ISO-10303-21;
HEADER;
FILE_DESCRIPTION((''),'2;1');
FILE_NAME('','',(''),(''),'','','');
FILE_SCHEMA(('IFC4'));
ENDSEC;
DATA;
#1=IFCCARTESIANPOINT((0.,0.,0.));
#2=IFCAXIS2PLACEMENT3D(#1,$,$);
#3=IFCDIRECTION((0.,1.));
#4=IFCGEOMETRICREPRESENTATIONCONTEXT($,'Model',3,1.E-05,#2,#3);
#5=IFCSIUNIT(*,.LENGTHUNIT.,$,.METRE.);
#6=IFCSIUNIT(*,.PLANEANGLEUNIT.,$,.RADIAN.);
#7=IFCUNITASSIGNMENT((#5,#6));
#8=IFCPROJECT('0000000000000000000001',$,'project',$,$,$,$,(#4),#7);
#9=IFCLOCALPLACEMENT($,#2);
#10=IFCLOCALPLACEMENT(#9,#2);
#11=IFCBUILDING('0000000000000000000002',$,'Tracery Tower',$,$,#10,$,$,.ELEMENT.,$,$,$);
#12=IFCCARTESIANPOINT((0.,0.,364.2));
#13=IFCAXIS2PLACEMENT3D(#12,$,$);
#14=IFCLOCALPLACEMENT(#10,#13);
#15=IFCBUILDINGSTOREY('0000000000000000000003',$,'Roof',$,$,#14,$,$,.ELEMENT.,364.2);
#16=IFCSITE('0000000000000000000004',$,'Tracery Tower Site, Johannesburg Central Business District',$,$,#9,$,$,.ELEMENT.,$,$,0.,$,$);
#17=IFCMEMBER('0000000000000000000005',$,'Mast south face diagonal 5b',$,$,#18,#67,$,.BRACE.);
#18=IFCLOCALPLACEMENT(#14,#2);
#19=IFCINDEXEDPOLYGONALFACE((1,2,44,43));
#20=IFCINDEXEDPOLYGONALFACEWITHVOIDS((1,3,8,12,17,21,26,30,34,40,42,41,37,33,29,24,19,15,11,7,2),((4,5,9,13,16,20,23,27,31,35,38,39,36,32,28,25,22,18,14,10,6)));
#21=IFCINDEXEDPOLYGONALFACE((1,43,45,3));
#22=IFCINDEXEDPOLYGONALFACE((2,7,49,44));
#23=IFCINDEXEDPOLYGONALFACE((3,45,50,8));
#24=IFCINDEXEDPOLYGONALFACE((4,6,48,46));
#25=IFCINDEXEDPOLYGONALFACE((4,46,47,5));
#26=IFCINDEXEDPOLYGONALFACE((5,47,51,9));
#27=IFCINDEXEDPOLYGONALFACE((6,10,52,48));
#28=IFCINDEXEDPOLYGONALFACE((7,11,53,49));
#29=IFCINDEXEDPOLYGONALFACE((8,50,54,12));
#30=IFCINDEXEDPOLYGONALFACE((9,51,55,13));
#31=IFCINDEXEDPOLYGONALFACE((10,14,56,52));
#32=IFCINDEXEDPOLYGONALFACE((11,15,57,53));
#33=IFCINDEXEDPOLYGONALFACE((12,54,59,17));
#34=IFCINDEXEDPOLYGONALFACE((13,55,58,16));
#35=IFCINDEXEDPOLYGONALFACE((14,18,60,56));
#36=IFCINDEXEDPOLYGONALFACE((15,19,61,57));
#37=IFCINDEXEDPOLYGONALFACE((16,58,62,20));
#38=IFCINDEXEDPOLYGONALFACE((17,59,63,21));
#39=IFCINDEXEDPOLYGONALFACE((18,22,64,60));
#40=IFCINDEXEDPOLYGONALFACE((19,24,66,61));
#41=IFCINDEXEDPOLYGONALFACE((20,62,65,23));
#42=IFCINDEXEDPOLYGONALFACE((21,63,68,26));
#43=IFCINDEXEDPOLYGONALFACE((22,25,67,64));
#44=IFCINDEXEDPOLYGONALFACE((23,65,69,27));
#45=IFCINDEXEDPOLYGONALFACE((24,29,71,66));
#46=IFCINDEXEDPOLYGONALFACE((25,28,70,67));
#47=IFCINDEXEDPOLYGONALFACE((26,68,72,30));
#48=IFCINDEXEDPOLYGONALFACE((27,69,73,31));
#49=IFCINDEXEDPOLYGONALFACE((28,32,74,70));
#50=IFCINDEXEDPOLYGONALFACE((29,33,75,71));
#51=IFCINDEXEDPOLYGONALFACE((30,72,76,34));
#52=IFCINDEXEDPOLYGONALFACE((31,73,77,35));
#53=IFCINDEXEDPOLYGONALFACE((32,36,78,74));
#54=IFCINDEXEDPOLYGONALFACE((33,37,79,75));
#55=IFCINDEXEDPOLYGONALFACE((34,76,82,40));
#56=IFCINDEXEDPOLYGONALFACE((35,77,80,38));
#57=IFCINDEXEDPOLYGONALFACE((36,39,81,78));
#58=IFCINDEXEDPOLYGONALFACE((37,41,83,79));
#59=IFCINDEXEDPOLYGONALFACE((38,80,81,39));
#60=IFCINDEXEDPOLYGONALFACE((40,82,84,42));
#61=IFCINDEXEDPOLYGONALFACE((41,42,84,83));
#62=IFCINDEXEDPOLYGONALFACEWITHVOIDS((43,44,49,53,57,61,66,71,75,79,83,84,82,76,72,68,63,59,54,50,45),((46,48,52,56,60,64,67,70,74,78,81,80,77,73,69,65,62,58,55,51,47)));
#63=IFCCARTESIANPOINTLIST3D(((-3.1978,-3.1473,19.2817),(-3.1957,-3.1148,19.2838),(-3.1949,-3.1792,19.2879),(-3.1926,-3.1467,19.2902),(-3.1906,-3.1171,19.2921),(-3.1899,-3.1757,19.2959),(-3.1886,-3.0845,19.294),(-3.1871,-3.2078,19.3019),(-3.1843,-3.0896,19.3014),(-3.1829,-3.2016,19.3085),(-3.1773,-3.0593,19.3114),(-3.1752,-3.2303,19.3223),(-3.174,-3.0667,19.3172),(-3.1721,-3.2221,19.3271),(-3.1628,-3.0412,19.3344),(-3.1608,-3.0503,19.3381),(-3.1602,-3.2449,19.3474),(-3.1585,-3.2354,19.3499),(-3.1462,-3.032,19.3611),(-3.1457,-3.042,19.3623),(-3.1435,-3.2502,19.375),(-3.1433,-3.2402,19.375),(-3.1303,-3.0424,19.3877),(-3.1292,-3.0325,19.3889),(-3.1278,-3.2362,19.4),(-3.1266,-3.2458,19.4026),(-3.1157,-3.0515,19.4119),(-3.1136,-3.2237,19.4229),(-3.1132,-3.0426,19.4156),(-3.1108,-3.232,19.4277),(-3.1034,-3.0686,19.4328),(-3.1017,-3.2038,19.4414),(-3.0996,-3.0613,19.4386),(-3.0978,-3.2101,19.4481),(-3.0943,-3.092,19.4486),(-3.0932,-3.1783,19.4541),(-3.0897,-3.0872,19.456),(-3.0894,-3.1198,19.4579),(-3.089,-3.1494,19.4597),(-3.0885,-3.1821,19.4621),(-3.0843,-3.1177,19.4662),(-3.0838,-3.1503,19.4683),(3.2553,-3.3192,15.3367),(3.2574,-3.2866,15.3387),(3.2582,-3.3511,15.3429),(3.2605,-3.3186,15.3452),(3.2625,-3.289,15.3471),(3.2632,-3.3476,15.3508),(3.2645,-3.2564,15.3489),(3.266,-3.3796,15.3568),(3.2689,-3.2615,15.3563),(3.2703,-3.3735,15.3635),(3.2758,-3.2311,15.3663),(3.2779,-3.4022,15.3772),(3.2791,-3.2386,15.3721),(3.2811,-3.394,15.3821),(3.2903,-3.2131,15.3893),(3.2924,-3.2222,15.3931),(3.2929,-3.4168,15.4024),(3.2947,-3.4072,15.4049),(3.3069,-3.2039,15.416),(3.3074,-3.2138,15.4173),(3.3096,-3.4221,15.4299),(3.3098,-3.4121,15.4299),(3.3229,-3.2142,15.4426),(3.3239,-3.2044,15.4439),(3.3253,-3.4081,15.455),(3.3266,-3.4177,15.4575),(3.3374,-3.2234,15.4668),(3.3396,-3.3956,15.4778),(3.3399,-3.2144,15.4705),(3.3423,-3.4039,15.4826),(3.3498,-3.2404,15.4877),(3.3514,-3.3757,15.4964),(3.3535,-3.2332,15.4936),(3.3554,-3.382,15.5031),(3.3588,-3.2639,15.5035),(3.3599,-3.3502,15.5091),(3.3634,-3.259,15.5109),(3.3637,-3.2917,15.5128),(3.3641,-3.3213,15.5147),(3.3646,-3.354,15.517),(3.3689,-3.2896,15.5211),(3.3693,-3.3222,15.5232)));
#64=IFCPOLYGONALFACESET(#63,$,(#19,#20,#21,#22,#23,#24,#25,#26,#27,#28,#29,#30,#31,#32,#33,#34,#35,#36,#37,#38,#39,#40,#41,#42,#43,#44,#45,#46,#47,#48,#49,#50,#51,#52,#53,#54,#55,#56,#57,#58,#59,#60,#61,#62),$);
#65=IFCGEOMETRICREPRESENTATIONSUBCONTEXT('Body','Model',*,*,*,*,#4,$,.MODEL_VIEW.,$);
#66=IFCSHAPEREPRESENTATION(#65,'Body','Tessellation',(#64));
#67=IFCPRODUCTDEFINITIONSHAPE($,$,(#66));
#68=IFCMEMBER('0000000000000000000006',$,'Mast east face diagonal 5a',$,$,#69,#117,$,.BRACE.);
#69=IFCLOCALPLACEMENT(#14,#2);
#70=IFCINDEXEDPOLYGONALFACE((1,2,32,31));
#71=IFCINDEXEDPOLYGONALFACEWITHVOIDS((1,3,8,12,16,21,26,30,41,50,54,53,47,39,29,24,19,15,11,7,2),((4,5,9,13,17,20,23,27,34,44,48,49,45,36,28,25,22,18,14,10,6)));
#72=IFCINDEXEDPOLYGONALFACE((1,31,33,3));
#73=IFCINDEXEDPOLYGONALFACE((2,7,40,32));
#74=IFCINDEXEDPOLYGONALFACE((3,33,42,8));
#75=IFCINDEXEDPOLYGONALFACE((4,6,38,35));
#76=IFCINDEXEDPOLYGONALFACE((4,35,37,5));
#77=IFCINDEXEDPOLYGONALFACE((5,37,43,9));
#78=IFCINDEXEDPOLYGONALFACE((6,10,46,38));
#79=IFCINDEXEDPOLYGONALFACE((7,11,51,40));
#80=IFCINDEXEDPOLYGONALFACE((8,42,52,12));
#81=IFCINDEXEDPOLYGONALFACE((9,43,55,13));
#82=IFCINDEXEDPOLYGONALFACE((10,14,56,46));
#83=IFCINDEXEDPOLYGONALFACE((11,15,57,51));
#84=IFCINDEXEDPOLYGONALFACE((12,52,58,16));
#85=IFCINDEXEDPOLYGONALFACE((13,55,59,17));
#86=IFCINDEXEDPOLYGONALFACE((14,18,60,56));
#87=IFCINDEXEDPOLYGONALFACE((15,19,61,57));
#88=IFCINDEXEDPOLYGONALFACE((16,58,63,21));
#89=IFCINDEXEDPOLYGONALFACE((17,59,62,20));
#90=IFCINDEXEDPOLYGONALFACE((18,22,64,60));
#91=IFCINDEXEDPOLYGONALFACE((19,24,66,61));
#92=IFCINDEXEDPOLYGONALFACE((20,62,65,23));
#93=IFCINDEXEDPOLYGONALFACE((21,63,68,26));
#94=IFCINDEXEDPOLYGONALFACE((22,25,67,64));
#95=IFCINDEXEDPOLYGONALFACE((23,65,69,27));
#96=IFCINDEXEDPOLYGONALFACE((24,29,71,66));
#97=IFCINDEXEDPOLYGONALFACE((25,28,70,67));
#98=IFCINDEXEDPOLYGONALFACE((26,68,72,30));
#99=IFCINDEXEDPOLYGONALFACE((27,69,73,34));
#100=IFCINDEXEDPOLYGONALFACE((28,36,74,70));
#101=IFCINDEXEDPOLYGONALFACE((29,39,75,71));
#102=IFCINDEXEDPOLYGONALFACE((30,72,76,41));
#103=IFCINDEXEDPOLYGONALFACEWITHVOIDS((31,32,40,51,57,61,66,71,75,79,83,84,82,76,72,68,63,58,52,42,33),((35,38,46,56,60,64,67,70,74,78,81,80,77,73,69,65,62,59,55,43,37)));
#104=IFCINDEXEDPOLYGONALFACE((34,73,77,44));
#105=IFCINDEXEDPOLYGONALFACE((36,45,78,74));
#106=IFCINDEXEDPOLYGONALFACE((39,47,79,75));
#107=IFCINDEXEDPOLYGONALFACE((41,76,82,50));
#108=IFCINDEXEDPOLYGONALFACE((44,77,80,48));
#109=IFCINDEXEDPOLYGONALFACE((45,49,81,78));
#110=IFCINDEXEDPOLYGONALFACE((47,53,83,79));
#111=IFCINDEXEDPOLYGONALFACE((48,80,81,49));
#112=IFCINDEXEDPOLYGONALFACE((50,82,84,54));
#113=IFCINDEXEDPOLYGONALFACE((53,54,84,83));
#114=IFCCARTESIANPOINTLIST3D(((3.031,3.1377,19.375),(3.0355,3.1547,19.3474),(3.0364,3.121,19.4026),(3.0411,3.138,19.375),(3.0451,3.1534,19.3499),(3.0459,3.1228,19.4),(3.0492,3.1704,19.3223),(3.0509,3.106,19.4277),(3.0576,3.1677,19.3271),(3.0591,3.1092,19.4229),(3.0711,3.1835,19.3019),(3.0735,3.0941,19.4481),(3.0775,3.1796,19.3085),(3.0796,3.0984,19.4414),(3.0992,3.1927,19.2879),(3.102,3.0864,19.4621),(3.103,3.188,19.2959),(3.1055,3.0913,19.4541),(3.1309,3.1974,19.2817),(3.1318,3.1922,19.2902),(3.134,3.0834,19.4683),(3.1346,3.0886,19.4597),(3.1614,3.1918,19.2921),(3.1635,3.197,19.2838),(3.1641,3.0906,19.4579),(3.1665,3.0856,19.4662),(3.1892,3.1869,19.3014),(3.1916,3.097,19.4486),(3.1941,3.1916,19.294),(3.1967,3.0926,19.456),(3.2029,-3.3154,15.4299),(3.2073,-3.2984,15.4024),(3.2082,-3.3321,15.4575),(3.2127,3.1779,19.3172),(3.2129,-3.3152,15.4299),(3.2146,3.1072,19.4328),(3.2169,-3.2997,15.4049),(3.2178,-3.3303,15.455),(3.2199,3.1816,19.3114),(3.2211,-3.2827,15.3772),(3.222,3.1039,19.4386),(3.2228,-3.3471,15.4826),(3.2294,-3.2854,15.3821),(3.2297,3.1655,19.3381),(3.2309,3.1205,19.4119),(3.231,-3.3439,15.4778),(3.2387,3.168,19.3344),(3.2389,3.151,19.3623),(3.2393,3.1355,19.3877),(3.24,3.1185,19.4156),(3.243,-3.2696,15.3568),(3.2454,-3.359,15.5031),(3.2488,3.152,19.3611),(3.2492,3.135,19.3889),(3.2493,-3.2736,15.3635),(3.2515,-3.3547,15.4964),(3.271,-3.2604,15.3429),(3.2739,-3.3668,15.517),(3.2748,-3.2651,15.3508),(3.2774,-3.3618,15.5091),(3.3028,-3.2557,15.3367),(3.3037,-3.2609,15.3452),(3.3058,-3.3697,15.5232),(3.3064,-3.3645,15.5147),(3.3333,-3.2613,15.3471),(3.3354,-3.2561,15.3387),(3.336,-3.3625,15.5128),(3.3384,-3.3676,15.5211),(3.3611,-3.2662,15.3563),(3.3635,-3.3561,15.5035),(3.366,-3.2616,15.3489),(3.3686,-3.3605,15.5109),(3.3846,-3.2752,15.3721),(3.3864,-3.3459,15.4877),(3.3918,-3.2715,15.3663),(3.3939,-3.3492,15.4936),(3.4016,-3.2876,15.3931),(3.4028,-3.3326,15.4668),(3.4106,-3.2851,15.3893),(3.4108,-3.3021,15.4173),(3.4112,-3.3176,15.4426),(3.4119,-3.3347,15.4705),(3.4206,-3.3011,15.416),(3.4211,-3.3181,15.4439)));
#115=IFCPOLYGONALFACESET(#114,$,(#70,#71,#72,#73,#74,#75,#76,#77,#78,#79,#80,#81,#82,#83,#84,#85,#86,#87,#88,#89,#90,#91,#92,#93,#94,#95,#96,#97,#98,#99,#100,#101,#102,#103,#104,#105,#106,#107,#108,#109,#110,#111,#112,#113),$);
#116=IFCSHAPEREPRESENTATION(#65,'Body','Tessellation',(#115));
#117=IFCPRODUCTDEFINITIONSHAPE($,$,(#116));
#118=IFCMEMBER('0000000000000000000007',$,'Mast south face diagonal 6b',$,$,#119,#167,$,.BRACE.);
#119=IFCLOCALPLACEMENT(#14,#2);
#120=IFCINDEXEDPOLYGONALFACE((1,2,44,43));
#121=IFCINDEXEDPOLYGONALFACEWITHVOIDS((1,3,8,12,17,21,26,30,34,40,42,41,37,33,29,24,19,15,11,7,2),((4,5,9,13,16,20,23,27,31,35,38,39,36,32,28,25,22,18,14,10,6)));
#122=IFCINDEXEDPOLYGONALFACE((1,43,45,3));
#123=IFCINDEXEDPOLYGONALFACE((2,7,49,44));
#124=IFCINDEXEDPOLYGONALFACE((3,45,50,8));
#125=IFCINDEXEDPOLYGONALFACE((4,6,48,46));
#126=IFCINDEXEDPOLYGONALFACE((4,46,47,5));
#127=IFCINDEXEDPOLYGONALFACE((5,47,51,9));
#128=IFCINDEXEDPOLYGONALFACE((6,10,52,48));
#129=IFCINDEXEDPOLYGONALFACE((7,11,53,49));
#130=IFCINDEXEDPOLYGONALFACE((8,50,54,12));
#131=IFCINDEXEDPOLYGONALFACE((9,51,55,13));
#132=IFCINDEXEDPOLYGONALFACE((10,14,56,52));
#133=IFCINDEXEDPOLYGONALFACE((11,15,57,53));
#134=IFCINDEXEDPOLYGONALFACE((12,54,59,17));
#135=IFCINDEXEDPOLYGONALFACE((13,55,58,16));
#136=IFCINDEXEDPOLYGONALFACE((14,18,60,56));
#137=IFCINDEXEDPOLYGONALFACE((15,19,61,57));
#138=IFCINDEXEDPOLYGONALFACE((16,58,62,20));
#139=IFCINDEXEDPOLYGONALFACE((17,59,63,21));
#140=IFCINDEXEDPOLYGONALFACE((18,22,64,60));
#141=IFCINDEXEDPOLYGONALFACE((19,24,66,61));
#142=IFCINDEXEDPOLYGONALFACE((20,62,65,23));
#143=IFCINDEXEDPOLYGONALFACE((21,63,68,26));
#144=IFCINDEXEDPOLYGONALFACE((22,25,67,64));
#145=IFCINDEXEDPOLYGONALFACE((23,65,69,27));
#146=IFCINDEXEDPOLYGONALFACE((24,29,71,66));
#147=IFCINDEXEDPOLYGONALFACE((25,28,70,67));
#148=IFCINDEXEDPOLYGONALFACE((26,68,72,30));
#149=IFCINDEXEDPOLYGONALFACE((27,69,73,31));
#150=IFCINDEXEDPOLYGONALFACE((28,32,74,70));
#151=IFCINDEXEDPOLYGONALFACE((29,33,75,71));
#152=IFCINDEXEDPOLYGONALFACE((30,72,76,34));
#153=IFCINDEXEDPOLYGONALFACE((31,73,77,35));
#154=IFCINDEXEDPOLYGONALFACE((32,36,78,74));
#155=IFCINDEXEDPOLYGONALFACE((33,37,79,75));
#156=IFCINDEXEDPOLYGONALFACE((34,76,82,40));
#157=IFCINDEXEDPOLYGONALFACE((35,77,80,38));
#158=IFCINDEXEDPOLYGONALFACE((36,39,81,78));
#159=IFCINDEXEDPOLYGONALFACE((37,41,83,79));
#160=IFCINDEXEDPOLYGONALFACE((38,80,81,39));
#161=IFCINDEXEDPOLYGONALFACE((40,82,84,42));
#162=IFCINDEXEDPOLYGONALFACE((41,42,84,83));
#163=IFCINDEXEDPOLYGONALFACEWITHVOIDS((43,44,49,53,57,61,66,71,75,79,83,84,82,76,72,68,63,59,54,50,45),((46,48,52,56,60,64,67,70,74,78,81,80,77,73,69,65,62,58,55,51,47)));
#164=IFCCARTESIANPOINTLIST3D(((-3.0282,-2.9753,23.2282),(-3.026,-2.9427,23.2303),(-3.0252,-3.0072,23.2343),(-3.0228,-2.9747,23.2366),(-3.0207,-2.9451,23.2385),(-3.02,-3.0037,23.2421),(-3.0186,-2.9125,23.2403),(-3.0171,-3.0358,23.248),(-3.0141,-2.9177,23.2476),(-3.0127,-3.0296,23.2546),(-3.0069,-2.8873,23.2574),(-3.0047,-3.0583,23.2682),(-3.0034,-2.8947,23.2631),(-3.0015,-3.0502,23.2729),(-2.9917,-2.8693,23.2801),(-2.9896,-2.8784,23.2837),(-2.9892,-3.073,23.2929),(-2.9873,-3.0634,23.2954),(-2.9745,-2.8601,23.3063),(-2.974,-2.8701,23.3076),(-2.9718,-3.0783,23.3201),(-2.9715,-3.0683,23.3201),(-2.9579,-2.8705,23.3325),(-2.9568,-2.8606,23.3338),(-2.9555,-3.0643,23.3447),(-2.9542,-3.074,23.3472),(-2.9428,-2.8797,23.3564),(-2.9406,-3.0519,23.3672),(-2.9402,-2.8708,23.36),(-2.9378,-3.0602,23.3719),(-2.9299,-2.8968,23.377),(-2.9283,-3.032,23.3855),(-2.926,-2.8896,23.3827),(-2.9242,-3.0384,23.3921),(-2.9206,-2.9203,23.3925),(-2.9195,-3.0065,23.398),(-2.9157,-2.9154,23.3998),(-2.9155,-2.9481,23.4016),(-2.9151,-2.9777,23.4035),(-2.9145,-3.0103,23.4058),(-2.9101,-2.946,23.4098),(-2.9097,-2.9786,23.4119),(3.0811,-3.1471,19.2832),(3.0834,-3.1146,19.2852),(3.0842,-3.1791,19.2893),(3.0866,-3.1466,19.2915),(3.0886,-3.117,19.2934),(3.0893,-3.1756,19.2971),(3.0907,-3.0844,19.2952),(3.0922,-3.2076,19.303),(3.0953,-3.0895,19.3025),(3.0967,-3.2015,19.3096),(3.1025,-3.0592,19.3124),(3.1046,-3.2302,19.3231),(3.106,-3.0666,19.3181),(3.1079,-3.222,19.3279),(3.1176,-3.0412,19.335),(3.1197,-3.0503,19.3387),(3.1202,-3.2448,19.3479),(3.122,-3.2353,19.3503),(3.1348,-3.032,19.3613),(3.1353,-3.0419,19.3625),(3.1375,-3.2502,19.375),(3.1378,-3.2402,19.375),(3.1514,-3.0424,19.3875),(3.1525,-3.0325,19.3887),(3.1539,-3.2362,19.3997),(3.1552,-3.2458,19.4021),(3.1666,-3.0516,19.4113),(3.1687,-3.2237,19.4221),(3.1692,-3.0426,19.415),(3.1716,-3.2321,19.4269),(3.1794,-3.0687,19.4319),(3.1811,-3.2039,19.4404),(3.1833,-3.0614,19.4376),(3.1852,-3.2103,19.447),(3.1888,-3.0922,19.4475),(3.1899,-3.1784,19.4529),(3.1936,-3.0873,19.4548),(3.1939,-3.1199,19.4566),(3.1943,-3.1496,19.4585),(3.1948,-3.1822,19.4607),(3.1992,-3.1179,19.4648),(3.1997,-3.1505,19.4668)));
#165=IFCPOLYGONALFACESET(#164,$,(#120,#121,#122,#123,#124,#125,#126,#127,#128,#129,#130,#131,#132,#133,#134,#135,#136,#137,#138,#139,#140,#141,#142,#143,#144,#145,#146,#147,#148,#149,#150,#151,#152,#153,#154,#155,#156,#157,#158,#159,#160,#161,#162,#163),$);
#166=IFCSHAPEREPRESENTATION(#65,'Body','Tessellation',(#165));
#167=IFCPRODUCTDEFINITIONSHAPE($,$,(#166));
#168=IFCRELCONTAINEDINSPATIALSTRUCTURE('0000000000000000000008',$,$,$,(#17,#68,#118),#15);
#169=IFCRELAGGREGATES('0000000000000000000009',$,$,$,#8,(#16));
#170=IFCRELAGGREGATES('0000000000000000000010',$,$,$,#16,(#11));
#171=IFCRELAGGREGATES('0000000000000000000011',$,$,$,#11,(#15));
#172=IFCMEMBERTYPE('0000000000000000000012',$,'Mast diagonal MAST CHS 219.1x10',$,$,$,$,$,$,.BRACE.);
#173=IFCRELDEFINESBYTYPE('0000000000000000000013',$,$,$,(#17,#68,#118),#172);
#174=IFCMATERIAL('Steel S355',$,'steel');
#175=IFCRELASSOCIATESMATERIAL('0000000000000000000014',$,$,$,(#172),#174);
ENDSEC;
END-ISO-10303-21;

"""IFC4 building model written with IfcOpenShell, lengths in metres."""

from ifc_helpers import new_model, si_unit, direction, frame, origin, origin_2d, place, context, subcontext, project, spatial, hollow_circle, extrude, material, material_profile, profile_set, type_object, element, save


model = new_model("IFC4")

# Units and contexts
model_context = context("Model", 3, precision=1e-05, world=origin(), true_north=direction((0.0, 1.0)))
body_context = subcontext(model_context, "Body", "Model", "MODEL_VIEW")
ifc_project = project(units=[si_unit("LENGTHUNIT", "METRE"), si_unit("PLANEANGLEUNIT", "RADIAN")], contexts=[model_context])

# Site, building, storey
site_placement = place(None, origin())
site = spatial("IfcSite", under=ifc_project, at=site_placement, Name="Tracery Tower Site, Johannesburg Central Business District", CompositionType="ELEMENT", RefElevation=0.0)
building_placement = place(site_placement, origin())
building = spatial("IfcBuilding", under=site, at=building_placement, Name="Tracery Tower", CompositionType="ELEMENT")
storey_placement = place(building_placement, frame((0.0, 0.0, 364.2)))
storey = spatial("IfcBuildingStorey", under=building, at=storey_placement, Name="Roof", CompositionType="ELEMENT", Elevation=364.2)

# Members
ifc_material_1 = material(Name="Steel S355", Category="steel")
ifc_material_profile_1 = material_profile(ifc_material_1, hollow_circle(Radius=0.1096, WallThickness=0.01, at=origin_2d()), Name="CHS 219.1x10")
ifc_profile_set_1 = profile_set([ifc_material_profile_1], Name="Steel S355")
member_type_1 = type_object("IfcMemberType", Name="Mast diagonal MAST CHS 219.1x10", PredefinedType="BRACE", material=ifc_profile_set_1)
for number, where, z_axis, x_axis, name in (
    (1, (3.3125, -3.3125, 15.4299), (-0.852974, 0.022718, 0.521459), (-0.026625, -0.999645, 0.0), "Mast south face diagonal 5b"),
    (2, (3.3125, -3.3125, 15.4299), (-0.022718, 0.852974, 0.521459), (-0.999645, -0.026625, 0.0), "Mast east face diagonal 5a"),
):
    element("IfcMember", number, at=place(storey_placement, frame(where, z_axis=z_axis, x_axis=x_axis)), inside=storey, type_object=member_type_1, Name=name, PredefinedType="BRACE", context=body_context, shape_type="SweptSolid", body=[
        extrude(hollow_circle(Radius=0.1096, WallThickness=0.01, at=origin_2d()), origin(), (0.0, 0.0, 1.0), 7.5654),
    ])
for number, where, z_axis, x_axis, name in (
    (3, (3.1406, -3.1406, 19.375), (-0.839841, 0.023627, 0.542319), (-0.028122, -0.999605, 0.0), "Mast south face diagonal 6b"),
):
    element("IfcMember", number, at=place(storey_placement, frame(where, z_axis=z_axis, x_axis=x_axis)), inside=storey, type_object=member_type_1, Name=name, PredefinedType="BRACE", context=body_context, shape_type="SweptSolid", body=[
        extrude(hollow_circle(Radius=0.1096, WallThickness=0.01, at=origin_2d()), origin(), (0.0, 0.0, 1.0), 7.2744),
    ])

save(model, "model.ifc")
